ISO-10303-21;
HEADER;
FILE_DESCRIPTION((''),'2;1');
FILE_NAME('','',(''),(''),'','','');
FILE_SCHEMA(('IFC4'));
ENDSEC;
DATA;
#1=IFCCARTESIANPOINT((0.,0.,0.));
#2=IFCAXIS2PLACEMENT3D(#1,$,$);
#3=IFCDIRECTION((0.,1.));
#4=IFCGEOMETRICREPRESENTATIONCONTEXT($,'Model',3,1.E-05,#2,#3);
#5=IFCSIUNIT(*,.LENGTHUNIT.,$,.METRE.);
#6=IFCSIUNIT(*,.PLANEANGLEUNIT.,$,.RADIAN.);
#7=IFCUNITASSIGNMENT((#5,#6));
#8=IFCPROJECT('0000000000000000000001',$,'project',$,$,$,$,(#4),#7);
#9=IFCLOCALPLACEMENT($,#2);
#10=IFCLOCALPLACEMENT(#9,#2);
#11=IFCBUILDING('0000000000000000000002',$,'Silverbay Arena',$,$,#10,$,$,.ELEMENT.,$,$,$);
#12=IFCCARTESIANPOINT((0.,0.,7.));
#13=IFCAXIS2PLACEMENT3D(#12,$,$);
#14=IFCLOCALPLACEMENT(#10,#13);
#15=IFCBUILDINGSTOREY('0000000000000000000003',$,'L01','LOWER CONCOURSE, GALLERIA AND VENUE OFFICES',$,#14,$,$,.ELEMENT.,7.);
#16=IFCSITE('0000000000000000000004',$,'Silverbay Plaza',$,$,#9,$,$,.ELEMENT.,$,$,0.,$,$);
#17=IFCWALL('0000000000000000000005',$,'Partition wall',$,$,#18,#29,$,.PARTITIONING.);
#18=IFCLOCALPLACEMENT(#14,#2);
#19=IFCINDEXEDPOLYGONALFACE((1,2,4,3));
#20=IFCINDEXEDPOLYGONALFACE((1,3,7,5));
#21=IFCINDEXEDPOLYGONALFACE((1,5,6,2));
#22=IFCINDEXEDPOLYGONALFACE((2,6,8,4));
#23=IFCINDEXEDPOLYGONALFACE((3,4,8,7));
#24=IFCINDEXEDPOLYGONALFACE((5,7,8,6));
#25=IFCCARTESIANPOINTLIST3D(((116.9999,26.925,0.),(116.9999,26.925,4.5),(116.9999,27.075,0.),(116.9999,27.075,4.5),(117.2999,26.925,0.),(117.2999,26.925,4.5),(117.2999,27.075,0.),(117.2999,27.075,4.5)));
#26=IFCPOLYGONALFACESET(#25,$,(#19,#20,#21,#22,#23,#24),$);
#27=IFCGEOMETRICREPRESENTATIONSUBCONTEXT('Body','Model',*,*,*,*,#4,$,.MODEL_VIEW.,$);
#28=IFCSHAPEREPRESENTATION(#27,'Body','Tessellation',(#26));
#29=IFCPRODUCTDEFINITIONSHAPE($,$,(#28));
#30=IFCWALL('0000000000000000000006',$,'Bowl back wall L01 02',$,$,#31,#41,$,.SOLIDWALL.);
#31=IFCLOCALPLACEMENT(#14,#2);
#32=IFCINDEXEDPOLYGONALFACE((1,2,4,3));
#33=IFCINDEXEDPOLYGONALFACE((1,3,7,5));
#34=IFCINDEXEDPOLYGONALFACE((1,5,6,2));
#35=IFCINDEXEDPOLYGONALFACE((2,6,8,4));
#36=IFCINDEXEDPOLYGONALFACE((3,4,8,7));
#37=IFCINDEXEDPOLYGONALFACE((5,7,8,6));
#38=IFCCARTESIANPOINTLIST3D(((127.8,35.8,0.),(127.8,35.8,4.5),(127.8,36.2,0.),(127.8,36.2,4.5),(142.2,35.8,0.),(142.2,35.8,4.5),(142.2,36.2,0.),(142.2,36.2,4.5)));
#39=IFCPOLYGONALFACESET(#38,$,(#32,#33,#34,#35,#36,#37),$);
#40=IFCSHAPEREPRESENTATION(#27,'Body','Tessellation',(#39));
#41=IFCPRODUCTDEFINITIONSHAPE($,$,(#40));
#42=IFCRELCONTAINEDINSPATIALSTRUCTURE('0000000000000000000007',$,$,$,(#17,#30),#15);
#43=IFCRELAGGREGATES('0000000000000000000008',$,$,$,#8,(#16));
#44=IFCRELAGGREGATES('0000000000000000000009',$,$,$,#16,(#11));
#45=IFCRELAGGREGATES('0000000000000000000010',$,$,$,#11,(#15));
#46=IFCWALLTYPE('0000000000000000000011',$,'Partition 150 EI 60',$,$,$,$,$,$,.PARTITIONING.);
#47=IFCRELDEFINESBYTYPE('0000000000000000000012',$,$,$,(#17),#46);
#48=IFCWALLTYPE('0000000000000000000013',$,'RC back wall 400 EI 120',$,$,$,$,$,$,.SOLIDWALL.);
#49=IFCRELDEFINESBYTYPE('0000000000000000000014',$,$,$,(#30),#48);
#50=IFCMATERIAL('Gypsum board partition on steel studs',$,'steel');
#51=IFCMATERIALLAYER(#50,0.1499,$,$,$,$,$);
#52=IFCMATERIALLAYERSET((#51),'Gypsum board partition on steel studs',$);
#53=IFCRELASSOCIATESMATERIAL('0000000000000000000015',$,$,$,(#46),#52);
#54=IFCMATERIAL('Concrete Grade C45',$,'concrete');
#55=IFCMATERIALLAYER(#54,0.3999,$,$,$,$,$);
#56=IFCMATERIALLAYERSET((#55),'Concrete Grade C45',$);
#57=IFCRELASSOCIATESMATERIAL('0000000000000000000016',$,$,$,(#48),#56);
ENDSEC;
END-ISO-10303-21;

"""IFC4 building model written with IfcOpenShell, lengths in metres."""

from ifc_helpers import new_model, si_unit, direction, frame, frame_2d, origin, place, context, subcontext, project, spatial, rectangle, extrude, material, layer, layer_set, type_object, element, save


model = new_model("IFC4")

# Units and contexts
model_context = context("Model", 3, precision=1e-05, world=origin(), true_north=direction((0.0, 1.0)))
body_context = subcontext(model_context, "Body", "Model", "MODEL_VIEW")
ifc_project = project(units=[si_unit("LENGTHUNIT", "METRE"), si_unit("PLANEANGLEUNIT", "RADIAN")], contexts=[model_context])

# Site, building, storey
site_placement = place(None, origin())
site = spatial("IfcSite", under=ifc_project, at=site_placement, Name="Silverbay Plaza", CompositionType="ELEMENT", RefElevation=0.0)
building_placement = place(site_placement, origin())
building = spatial("IfcBuilding", under=site, at=building_placement, Name="Silverbay Arena", CompositionType="ELEMENT")
storey_placement = place(building_placement, frame((0.0, 0.0, 7.0)))
storey = spatial("IfcBuildingStorey", under=building, at=storey_placement, Name="L01", Description="LOWER CONCOURSE, GALLERIA AND VENUE OFFICES", CompositionType="ELEMENT", Elevation=7.0)

# Shared definitions
ifc_material_1 = material(Name="Gypsum board partition on steel studs", Category="steel")
ifc_layer_1 = layer(ifc_material_1, 0.1499)
ifc_layer_set_1 = layer_set([ifc_layer_1], Name="Gypsum board partition on steel studs")
wall_type_1 = type_object("IfcWallType", Name="Partition 150 EI 60", PredefinedType="PARTITIONING", material=ifc_layer_set_1)

# Walls
wall_1_placement = place(storey_placement, frame((117.0, 27.0, 0.0), z_axis=(0.0, 0.0, 1.0), x_axis=(1.0, 0.0, 0.0)))
element("IfcWall", 1, at=wall_1_placement, inside=storey, type_object=wall_type_1, Name="Partition wall", PredefinedType="PARTITIONING", context=body_context, shape_type="SweptSolid", body=[
    extrude(rectangle(XDim=0.3, YDim=0.1499, at=frame_2d((0.1499, 0.0))), origin(), (0.0, 0.0, 1.0), 4.5),
])
ifc_material_2 = material(Name="Concrete Grade C45", Category="concrete")
ifc_layer_2 = layer(ifc_material_2, 0.3999)
ifc_layer_set_2 = layer_set([ifc_layer_2], Name="Concrete Grade C45")
wall_type_2 = type_object("IfcWallType", Name="RC back wall 400 EI 120", PredefinedType="SOLIDWALL", material=ifc_layer_set_2)
wall_2_placement = place(storey_placement, frame((127.8, 36.0, 0.0), z_axis=(0.0, 0.0, 1.0), x_axis=(1.0, 0.0, 0.0)))
element("IfcWall", 2, at=wall_2_placement, inside=storey, type_object=wall_type_2, Name="Bowl back wall L01 02", PredefinedType="SOLIDWALL", context=body_context, shape_type="SweptSolid", body=[
    extrude(rectangle(XDim=14.3999, YDim=0.3999, at=frame_2d((7.2, 0.0))), origin(), (0.0, 0.0, 1.0), 4.5),
])

save(model, "model.ifc")
